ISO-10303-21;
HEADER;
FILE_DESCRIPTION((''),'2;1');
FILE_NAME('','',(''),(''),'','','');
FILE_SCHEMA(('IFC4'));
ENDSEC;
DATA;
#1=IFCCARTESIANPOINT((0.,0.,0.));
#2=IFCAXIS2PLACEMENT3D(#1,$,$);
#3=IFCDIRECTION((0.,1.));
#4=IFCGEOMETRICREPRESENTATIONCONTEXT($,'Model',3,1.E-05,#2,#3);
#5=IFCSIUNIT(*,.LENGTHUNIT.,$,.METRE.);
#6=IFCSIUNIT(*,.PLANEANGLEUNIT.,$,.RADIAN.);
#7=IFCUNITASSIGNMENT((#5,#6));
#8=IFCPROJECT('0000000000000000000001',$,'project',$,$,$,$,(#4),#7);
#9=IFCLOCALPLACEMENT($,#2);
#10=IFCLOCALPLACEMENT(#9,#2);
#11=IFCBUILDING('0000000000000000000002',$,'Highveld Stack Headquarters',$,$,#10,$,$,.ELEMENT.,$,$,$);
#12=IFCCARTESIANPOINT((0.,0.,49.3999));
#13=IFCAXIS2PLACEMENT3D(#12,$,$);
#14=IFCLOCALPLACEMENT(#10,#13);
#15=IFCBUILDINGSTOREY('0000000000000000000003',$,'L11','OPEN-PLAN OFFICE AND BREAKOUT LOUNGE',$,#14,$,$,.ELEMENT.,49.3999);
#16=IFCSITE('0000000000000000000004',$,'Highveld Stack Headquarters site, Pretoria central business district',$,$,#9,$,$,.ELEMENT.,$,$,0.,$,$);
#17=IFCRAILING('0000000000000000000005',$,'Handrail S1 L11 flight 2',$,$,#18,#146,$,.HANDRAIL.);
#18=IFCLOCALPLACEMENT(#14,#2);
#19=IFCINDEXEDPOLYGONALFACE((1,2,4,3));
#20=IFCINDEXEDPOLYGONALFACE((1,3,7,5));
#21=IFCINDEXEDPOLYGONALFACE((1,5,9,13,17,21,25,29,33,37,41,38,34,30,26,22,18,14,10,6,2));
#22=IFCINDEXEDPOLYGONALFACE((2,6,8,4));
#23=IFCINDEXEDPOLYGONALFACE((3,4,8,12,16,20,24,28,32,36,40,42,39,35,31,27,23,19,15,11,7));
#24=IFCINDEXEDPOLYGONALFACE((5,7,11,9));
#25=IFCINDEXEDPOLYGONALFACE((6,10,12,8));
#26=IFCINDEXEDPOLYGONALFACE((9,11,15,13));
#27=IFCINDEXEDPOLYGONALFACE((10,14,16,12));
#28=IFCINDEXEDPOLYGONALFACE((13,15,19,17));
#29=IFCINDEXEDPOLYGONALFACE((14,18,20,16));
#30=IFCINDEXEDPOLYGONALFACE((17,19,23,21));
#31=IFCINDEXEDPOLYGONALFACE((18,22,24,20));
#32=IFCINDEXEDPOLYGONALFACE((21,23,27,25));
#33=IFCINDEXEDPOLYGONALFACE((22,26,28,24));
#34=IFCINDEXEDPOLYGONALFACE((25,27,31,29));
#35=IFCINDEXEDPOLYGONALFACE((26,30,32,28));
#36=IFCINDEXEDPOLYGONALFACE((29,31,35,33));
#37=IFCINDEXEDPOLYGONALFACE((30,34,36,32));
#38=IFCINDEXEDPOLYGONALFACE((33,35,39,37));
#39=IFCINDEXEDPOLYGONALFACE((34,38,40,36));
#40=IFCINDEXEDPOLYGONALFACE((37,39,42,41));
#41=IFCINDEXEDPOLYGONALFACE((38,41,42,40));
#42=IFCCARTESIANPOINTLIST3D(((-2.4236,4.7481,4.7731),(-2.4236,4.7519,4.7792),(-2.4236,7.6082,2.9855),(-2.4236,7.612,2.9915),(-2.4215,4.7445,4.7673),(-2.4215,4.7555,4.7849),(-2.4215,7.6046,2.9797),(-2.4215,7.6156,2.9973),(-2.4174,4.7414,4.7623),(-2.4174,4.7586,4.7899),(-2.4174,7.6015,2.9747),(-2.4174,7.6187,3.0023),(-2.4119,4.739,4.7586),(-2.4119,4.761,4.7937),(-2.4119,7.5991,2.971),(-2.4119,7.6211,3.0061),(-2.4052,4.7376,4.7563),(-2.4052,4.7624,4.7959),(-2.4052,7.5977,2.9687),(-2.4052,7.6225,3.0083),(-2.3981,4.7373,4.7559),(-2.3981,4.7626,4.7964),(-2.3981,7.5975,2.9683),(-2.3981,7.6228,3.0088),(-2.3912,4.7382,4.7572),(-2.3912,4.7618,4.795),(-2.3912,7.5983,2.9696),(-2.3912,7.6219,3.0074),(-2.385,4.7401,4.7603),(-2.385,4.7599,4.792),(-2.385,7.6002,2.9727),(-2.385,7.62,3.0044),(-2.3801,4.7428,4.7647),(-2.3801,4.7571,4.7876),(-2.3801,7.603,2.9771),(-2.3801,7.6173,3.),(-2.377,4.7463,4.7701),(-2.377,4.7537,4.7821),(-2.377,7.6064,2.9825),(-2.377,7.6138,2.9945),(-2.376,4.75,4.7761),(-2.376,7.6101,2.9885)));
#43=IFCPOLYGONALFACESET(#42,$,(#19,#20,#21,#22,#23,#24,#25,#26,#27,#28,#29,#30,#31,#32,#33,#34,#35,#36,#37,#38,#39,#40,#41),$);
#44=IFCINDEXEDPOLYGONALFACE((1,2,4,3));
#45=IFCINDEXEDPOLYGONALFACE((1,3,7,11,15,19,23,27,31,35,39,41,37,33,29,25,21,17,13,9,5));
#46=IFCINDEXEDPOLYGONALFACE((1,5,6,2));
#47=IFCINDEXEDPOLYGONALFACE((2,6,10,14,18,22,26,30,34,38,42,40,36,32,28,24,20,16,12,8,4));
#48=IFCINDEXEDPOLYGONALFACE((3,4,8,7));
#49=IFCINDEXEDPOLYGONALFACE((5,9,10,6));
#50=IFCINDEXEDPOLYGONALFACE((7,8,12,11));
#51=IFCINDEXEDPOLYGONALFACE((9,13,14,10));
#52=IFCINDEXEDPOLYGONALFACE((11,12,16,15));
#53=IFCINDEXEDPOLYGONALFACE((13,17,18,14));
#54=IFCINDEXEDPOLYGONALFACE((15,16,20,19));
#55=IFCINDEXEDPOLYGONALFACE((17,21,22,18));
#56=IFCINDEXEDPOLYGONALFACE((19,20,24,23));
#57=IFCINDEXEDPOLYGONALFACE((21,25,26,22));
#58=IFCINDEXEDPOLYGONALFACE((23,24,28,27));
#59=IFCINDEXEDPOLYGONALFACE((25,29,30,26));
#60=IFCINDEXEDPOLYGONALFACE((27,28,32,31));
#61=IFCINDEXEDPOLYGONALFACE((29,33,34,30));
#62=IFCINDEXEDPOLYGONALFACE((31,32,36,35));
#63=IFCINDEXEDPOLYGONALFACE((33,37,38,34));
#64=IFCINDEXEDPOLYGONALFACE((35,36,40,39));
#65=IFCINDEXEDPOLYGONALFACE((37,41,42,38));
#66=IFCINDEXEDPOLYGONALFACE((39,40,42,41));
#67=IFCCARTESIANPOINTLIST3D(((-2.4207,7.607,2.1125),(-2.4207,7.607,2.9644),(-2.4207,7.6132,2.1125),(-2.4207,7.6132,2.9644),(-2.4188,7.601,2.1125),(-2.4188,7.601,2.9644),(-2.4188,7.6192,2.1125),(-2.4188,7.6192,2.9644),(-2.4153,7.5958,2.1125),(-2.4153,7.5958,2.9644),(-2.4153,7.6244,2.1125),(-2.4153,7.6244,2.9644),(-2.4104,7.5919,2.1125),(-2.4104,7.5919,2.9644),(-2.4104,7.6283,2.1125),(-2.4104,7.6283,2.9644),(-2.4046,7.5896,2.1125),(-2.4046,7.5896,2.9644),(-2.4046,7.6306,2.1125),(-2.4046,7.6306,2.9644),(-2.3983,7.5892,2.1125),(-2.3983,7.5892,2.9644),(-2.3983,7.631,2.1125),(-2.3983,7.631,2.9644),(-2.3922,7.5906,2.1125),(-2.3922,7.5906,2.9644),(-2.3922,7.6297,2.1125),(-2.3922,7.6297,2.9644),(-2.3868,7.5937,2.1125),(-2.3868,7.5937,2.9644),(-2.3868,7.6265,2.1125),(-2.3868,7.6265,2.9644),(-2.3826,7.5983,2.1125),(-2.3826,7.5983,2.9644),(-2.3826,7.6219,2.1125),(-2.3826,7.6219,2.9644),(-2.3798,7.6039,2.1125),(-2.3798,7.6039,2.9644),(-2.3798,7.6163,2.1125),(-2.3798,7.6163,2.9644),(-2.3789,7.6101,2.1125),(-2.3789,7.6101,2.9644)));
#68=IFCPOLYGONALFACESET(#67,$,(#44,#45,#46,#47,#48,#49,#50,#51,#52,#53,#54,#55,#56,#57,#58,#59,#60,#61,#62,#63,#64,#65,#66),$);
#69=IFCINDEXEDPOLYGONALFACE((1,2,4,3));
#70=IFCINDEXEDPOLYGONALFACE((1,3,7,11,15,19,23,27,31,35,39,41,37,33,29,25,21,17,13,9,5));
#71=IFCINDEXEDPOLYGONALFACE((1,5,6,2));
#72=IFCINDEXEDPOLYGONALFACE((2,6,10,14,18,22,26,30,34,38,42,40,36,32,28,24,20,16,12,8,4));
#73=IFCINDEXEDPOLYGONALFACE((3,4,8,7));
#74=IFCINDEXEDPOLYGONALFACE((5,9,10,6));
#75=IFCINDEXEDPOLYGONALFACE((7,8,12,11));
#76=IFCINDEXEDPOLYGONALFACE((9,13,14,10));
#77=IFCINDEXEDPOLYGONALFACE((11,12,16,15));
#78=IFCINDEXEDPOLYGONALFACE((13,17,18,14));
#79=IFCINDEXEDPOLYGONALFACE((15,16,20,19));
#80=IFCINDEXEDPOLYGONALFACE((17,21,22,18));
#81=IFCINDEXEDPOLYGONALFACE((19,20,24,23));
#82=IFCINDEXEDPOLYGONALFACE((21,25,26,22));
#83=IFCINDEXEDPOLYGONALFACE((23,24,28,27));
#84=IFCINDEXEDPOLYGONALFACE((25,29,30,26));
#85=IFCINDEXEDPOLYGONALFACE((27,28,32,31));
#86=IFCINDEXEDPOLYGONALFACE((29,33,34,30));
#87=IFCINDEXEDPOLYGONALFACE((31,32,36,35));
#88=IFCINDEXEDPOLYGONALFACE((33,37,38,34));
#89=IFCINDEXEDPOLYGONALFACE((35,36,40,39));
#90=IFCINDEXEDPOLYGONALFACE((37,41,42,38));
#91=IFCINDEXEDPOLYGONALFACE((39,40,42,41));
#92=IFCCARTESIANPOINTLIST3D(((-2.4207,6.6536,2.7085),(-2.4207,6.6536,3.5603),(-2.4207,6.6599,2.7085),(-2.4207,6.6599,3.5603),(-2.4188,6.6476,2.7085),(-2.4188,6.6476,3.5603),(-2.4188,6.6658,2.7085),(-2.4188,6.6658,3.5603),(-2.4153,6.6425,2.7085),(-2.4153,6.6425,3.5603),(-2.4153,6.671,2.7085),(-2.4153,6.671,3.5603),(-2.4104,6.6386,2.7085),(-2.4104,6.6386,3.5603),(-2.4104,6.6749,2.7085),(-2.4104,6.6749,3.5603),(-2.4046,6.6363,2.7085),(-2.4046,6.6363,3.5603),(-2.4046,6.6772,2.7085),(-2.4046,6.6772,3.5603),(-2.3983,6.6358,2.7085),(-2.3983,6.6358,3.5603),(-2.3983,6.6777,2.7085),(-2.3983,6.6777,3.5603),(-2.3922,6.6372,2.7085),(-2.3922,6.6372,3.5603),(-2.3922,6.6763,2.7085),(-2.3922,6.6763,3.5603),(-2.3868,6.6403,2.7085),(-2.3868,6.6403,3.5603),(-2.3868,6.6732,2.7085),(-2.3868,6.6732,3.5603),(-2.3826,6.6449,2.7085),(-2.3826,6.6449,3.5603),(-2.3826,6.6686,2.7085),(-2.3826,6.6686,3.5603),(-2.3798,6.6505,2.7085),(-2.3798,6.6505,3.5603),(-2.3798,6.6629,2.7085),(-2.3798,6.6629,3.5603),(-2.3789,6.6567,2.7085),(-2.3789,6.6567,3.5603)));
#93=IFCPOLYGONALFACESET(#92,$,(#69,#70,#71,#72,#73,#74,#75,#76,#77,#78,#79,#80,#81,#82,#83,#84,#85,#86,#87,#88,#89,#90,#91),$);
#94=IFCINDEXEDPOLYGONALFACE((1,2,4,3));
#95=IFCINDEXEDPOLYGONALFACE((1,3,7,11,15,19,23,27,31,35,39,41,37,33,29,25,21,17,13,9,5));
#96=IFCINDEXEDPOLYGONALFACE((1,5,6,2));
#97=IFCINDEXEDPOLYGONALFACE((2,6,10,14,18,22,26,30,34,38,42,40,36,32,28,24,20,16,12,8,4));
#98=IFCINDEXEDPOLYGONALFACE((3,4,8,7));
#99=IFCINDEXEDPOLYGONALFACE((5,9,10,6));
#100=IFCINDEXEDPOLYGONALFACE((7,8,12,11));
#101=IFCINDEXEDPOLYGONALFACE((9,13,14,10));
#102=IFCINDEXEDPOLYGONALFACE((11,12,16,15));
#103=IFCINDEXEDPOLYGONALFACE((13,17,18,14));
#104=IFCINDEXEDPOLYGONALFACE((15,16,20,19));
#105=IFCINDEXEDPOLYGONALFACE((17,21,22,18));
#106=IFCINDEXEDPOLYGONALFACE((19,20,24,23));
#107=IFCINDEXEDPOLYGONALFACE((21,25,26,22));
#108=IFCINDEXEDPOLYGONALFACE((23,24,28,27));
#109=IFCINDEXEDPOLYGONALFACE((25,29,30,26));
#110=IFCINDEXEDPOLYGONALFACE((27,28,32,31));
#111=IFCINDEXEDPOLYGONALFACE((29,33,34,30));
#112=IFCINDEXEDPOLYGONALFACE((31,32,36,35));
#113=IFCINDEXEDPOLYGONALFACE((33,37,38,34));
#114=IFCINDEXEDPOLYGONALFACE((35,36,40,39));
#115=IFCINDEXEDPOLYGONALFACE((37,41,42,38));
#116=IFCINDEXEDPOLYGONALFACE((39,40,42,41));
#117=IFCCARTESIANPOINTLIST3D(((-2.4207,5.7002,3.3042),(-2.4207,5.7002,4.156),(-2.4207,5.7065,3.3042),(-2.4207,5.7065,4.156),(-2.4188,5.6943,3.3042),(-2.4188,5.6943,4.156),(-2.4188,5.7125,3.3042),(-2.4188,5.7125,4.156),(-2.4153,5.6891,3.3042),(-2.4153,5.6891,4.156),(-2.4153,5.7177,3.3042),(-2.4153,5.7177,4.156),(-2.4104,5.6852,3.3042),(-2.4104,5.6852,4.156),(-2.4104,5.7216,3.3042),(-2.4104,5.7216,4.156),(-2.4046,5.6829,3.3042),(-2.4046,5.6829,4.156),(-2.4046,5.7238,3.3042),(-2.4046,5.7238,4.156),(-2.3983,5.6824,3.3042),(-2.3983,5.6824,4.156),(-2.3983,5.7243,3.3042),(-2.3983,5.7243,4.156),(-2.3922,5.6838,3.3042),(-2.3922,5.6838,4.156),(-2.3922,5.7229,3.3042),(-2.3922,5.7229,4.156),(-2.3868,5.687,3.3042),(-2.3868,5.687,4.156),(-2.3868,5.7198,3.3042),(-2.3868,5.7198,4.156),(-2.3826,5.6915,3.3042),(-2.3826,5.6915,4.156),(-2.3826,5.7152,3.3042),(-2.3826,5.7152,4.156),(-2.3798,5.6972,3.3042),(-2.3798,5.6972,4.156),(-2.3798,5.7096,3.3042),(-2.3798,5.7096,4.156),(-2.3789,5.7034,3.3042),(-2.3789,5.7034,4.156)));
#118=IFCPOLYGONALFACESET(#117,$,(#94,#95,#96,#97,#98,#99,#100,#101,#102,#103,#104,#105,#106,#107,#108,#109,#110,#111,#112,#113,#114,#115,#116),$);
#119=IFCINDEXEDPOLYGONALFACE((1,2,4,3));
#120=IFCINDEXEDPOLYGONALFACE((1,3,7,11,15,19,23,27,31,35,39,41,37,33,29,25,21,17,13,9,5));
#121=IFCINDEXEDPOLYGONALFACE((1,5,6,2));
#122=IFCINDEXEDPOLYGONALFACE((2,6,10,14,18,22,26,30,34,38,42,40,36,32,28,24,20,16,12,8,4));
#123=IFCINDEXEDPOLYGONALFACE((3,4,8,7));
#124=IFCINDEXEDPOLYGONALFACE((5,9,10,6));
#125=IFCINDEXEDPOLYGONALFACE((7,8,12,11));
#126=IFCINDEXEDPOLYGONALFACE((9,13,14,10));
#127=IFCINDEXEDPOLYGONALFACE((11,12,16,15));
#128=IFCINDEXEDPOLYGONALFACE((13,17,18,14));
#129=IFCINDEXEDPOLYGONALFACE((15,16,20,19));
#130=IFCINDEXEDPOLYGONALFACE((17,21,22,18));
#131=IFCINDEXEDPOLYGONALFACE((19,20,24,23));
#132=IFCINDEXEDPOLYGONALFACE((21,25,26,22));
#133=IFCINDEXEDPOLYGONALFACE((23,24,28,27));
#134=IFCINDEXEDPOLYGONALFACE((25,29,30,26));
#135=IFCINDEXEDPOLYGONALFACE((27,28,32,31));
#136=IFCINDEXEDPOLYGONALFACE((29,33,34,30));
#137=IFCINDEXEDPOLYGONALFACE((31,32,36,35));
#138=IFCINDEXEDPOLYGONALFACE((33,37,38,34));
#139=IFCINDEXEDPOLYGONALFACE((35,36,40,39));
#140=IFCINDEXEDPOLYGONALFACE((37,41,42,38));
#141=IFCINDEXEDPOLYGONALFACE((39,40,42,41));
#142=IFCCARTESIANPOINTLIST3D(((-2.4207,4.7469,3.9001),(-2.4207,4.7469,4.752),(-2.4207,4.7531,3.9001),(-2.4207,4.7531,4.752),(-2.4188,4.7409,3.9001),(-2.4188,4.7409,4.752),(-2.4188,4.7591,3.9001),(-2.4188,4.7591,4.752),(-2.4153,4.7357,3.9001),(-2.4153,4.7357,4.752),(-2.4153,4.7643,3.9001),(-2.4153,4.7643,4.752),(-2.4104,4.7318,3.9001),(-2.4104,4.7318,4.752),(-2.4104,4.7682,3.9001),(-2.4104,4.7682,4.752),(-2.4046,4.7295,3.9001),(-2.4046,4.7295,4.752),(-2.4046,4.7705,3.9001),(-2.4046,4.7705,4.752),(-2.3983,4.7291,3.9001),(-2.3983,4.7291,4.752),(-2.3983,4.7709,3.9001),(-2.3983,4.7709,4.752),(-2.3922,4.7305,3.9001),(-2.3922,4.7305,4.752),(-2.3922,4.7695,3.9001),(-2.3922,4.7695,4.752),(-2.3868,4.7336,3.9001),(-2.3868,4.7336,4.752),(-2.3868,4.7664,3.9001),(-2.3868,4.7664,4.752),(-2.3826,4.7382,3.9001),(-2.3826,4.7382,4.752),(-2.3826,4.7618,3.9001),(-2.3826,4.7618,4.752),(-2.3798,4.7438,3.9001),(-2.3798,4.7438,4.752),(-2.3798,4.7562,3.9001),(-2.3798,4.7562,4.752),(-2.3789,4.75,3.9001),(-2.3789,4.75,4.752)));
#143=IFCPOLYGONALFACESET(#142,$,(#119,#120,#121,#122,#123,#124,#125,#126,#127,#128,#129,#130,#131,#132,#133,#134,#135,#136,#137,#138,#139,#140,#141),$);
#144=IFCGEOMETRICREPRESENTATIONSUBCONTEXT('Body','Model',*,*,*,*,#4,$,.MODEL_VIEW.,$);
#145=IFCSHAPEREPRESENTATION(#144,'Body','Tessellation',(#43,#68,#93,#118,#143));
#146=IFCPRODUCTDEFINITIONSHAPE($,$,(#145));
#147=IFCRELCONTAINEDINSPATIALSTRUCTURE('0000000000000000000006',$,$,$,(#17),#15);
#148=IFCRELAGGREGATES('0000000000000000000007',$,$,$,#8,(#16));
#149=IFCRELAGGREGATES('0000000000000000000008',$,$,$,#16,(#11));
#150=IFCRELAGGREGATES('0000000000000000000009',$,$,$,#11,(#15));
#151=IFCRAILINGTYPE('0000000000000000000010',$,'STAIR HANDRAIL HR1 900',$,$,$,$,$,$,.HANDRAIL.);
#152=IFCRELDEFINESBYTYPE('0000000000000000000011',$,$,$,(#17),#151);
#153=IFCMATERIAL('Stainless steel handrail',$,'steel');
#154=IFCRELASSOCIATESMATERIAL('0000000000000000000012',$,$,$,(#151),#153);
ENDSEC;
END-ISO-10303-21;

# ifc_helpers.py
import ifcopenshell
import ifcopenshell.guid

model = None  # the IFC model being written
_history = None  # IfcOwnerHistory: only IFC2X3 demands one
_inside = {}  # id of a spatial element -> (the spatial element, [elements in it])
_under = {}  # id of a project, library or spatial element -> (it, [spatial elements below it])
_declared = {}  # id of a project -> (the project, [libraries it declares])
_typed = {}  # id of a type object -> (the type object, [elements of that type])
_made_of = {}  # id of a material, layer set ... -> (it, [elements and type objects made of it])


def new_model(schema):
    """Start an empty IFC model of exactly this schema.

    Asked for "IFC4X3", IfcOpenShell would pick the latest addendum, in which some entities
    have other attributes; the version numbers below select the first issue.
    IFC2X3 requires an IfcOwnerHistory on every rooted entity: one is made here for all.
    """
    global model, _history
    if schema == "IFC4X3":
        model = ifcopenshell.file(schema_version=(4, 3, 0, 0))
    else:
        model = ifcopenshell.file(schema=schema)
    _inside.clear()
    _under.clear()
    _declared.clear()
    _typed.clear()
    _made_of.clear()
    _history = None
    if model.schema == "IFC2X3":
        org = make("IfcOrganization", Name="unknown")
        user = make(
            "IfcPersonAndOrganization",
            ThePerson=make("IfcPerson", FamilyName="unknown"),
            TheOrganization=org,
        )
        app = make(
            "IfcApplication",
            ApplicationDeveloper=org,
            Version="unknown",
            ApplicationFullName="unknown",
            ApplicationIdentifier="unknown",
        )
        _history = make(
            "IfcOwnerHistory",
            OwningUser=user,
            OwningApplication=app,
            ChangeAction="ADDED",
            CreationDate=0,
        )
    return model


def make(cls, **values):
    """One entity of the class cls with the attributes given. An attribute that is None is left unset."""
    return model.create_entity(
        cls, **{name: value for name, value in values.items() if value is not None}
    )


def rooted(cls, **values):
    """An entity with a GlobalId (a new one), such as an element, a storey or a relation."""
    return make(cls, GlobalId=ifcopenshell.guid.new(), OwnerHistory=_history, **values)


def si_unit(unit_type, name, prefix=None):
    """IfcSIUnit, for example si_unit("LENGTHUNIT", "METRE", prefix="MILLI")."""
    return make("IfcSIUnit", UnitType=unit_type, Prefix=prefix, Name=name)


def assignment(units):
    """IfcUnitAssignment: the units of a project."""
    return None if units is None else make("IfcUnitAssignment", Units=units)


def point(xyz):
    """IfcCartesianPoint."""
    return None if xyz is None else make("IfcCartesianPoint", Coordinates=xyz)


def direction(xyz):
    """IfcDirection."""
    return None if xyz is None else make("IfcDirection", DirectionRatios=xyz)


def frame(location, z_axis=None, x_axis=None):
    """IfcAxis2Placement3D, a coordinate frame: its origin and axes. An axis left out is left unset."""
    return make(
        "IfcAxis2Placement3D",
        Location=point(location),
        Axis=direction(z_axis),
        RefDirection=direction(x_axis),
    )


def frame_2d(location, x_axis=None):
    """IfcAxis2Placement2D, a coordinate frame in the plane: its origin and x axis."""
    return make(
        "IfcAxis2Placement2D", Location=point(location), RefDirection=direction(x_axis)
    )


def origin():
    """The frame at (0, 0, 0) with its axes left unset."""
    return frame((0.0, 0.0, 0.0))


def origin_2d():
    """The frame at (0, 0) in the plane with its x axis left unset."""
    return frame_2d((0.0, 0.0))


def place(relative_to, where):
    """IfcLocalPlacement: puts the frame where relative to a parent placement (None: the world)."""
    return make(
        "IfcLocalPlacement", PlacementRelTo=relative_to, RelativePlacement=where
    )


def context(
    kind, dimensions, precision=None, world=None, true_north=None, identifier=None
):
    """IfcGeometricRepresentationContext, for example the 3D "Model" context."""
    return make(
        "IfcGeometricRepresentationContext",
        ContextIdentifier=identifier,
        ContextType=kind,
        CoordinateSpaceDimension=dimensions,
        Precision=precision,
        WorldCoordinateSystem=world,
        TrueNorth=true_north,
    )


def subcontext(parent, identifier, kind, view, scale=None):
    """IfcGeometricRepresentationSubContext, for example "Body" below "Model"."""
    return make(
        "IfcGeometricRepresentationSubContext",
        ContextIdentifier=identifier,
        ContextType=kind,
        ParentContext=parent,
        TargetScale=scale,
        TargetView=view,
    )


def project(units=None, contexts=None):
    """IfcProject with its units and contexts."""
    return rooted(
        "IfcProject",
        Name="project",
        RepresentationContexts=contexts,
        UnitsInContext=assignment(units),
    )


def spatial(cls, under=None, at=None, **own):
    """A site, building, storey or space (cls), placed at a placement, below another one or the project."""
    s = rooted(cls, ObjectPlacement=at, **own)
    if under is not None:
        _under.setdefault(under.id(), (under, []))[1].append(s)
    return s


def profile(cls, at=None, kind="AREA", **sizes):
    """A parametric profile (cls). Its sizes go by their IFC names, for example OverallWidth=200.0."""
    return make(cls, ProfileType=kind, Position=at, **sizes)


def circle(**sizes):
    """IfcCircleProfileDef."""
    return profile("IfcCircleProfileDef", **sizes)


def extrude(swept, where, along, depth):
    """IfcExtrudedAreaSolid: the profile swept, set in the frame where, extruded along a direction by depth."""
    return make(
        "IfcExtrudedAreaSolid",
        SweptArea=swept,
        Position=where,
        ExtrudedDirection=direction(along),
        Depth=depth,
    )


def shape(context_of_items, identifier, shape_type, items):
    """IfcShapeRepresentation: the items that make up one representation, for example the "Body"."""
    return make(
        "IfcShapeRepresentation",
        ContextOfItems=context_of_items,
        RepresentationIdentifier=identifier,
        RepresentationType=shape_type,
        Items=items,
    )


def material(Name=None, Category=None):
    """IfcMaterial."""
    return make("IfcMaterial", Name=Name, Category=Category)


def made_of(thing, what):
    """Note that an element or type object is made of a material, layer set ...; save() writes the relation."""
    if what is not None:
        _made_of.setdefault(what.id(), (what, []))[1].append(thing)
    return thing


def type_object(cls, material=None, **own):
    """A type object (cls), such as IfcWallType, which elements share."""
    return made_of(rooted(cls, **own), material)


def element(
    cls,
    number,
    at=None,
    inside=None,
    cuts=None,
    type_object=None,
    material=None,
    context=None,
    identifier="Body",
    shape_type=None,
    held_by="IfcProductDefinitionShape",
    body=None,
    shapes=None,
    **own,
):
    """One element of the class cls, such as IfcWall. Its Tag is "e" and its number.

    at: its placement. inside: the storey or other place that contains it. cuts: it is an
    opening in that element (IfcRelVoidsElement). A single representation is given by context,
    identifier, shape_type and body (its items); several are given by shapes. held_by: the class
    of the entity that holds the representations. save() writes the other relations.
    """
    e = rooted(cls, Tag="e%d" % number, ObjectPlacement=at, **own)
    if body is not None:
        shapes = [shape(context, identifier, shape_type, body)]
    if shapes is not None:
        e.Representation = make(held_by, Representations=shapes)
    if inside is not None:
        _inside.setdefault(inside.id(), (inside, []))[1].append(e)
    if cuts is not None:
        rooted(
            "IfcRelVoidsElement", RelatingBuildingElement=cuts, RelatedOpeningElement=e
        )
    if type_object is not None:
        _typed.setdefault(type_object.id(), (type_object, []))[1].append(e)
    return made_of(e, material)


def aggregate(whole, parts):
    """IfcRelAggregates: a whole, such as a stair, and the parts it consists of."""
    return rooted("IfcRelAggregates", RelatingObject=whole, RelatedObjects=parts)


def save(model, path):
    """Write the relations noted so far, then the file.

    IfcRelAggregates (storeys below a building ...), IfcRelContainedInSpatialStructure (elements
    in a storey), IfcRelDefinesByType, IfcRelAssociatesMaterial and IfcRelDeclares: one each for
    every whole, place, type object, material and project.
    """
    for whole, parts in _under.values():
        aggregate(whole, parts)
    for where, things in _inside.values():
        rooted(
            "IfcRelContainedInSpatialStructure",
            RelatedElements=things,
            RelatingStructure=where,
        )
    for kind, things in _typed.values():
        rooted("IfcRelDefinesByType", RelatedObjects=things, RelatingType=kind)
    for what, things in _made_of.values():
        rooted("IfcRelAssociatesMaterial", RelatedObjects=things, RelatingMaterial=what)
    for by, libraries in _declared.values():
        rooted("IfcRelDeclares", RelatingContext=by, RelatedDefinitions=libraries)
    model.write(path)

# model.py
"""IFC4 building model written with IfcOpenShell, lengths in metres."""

from ifc_helpers import new_model, si_unit, direction, frame, origin, origin_2d, place, context, subcontext, project, spatial, circle, extrude, material, type_object, element, save


model = new_model("IFC4")

# Units and contexts
model_context = context("Model", 3, precision=1e-05, world=origin(), true_north=direction((0.0, 1.0)))
body_context = subcontext(model_context, "Body", "Model", "MODEL_VIEW")
ifc_project = project(units=[si_unit("LENGTHUNIT", "METRE"), si_unit("PLANEANGLEUNIT", "RADIAN")], contexts=[model_context])

# Site, building, storey
site_placement = place(None, origin())
site = spatial("IfcSite", under=ifc_project, at=site_placement, Name="Highveld Stack Headquarters site, Pretoria central business district", CompositionType="ELEMENT", RefElevation=0.0)
building_placement = place(site_placement, origin())
building = spatial("IfcBuilding", under=site, at=building_placement, Name="Highveld Stack Headquarters", CompositionType="ELEMENT")
storey_placement = place(building_placement, frame((0.0, 0.0, 49.3999)))
storey = spatial("IfcBuildingStorey", under=building, at=storey_placement, Name="L11", Description="OPEN-PLAN OFFICE AND BREAKOUT LOUNGE", CompositionType="ELEMENT", Elevation=49.3999)

# Railing
ifc_material_1 = material(Name="Stainless steel handrail", Category="steel")
railing_type = type_object("IfcRailingType", Name="STAIR HANDRAIL HR1 900", PredefinedType="HANDRAIL", material=ifc_material_1)
for number, where, name in (
    (1, (-2.3999, 7.6101, 2.1125), "Handrail S1 L11 flight 2"),
):
    element("IfcRailing", number, at=place(storey_placement, frame(where)), inside=storey, type_object=railing_type, Name=name, PredefinedType="HANDRAIL", context=body_context, shape_type="SweptSolid", body=[
        extrude(circle(Radius=0.0239, at=origin_2d()), frame((0.0, 0.0, 0.876), z_axis=(0.0, -0.847994, 0.530005), x_axis=(1.0, 0.0, 0.0)), (0.0, 0.0, 1.0), 3.3728),
        extrude(circle(Radius=0.021, at=origin_2d()), origin(), (0.0, 0.0, 1.0), 0.8518),
        extrude(circle(Radius=0.021, at=origin_2d()), frame((0.0, -0.9534, 0.5959)), (0.0, 0.0, 1.0), 0.8518),
        extrude(circle(Radius=0.021, at=origin_2d()), frame((0.0, -1.9067, 1.1917)), (0.0, 0.0, 1.0), 0.8518),
        extrude(circle(Radius=0.021, at=origin_2d()), frame((0.0, -2.8601, 1.7876)), (0.0, 0.0, 1.0), 0.8518),
    ])

save(model, "model.ifc")
